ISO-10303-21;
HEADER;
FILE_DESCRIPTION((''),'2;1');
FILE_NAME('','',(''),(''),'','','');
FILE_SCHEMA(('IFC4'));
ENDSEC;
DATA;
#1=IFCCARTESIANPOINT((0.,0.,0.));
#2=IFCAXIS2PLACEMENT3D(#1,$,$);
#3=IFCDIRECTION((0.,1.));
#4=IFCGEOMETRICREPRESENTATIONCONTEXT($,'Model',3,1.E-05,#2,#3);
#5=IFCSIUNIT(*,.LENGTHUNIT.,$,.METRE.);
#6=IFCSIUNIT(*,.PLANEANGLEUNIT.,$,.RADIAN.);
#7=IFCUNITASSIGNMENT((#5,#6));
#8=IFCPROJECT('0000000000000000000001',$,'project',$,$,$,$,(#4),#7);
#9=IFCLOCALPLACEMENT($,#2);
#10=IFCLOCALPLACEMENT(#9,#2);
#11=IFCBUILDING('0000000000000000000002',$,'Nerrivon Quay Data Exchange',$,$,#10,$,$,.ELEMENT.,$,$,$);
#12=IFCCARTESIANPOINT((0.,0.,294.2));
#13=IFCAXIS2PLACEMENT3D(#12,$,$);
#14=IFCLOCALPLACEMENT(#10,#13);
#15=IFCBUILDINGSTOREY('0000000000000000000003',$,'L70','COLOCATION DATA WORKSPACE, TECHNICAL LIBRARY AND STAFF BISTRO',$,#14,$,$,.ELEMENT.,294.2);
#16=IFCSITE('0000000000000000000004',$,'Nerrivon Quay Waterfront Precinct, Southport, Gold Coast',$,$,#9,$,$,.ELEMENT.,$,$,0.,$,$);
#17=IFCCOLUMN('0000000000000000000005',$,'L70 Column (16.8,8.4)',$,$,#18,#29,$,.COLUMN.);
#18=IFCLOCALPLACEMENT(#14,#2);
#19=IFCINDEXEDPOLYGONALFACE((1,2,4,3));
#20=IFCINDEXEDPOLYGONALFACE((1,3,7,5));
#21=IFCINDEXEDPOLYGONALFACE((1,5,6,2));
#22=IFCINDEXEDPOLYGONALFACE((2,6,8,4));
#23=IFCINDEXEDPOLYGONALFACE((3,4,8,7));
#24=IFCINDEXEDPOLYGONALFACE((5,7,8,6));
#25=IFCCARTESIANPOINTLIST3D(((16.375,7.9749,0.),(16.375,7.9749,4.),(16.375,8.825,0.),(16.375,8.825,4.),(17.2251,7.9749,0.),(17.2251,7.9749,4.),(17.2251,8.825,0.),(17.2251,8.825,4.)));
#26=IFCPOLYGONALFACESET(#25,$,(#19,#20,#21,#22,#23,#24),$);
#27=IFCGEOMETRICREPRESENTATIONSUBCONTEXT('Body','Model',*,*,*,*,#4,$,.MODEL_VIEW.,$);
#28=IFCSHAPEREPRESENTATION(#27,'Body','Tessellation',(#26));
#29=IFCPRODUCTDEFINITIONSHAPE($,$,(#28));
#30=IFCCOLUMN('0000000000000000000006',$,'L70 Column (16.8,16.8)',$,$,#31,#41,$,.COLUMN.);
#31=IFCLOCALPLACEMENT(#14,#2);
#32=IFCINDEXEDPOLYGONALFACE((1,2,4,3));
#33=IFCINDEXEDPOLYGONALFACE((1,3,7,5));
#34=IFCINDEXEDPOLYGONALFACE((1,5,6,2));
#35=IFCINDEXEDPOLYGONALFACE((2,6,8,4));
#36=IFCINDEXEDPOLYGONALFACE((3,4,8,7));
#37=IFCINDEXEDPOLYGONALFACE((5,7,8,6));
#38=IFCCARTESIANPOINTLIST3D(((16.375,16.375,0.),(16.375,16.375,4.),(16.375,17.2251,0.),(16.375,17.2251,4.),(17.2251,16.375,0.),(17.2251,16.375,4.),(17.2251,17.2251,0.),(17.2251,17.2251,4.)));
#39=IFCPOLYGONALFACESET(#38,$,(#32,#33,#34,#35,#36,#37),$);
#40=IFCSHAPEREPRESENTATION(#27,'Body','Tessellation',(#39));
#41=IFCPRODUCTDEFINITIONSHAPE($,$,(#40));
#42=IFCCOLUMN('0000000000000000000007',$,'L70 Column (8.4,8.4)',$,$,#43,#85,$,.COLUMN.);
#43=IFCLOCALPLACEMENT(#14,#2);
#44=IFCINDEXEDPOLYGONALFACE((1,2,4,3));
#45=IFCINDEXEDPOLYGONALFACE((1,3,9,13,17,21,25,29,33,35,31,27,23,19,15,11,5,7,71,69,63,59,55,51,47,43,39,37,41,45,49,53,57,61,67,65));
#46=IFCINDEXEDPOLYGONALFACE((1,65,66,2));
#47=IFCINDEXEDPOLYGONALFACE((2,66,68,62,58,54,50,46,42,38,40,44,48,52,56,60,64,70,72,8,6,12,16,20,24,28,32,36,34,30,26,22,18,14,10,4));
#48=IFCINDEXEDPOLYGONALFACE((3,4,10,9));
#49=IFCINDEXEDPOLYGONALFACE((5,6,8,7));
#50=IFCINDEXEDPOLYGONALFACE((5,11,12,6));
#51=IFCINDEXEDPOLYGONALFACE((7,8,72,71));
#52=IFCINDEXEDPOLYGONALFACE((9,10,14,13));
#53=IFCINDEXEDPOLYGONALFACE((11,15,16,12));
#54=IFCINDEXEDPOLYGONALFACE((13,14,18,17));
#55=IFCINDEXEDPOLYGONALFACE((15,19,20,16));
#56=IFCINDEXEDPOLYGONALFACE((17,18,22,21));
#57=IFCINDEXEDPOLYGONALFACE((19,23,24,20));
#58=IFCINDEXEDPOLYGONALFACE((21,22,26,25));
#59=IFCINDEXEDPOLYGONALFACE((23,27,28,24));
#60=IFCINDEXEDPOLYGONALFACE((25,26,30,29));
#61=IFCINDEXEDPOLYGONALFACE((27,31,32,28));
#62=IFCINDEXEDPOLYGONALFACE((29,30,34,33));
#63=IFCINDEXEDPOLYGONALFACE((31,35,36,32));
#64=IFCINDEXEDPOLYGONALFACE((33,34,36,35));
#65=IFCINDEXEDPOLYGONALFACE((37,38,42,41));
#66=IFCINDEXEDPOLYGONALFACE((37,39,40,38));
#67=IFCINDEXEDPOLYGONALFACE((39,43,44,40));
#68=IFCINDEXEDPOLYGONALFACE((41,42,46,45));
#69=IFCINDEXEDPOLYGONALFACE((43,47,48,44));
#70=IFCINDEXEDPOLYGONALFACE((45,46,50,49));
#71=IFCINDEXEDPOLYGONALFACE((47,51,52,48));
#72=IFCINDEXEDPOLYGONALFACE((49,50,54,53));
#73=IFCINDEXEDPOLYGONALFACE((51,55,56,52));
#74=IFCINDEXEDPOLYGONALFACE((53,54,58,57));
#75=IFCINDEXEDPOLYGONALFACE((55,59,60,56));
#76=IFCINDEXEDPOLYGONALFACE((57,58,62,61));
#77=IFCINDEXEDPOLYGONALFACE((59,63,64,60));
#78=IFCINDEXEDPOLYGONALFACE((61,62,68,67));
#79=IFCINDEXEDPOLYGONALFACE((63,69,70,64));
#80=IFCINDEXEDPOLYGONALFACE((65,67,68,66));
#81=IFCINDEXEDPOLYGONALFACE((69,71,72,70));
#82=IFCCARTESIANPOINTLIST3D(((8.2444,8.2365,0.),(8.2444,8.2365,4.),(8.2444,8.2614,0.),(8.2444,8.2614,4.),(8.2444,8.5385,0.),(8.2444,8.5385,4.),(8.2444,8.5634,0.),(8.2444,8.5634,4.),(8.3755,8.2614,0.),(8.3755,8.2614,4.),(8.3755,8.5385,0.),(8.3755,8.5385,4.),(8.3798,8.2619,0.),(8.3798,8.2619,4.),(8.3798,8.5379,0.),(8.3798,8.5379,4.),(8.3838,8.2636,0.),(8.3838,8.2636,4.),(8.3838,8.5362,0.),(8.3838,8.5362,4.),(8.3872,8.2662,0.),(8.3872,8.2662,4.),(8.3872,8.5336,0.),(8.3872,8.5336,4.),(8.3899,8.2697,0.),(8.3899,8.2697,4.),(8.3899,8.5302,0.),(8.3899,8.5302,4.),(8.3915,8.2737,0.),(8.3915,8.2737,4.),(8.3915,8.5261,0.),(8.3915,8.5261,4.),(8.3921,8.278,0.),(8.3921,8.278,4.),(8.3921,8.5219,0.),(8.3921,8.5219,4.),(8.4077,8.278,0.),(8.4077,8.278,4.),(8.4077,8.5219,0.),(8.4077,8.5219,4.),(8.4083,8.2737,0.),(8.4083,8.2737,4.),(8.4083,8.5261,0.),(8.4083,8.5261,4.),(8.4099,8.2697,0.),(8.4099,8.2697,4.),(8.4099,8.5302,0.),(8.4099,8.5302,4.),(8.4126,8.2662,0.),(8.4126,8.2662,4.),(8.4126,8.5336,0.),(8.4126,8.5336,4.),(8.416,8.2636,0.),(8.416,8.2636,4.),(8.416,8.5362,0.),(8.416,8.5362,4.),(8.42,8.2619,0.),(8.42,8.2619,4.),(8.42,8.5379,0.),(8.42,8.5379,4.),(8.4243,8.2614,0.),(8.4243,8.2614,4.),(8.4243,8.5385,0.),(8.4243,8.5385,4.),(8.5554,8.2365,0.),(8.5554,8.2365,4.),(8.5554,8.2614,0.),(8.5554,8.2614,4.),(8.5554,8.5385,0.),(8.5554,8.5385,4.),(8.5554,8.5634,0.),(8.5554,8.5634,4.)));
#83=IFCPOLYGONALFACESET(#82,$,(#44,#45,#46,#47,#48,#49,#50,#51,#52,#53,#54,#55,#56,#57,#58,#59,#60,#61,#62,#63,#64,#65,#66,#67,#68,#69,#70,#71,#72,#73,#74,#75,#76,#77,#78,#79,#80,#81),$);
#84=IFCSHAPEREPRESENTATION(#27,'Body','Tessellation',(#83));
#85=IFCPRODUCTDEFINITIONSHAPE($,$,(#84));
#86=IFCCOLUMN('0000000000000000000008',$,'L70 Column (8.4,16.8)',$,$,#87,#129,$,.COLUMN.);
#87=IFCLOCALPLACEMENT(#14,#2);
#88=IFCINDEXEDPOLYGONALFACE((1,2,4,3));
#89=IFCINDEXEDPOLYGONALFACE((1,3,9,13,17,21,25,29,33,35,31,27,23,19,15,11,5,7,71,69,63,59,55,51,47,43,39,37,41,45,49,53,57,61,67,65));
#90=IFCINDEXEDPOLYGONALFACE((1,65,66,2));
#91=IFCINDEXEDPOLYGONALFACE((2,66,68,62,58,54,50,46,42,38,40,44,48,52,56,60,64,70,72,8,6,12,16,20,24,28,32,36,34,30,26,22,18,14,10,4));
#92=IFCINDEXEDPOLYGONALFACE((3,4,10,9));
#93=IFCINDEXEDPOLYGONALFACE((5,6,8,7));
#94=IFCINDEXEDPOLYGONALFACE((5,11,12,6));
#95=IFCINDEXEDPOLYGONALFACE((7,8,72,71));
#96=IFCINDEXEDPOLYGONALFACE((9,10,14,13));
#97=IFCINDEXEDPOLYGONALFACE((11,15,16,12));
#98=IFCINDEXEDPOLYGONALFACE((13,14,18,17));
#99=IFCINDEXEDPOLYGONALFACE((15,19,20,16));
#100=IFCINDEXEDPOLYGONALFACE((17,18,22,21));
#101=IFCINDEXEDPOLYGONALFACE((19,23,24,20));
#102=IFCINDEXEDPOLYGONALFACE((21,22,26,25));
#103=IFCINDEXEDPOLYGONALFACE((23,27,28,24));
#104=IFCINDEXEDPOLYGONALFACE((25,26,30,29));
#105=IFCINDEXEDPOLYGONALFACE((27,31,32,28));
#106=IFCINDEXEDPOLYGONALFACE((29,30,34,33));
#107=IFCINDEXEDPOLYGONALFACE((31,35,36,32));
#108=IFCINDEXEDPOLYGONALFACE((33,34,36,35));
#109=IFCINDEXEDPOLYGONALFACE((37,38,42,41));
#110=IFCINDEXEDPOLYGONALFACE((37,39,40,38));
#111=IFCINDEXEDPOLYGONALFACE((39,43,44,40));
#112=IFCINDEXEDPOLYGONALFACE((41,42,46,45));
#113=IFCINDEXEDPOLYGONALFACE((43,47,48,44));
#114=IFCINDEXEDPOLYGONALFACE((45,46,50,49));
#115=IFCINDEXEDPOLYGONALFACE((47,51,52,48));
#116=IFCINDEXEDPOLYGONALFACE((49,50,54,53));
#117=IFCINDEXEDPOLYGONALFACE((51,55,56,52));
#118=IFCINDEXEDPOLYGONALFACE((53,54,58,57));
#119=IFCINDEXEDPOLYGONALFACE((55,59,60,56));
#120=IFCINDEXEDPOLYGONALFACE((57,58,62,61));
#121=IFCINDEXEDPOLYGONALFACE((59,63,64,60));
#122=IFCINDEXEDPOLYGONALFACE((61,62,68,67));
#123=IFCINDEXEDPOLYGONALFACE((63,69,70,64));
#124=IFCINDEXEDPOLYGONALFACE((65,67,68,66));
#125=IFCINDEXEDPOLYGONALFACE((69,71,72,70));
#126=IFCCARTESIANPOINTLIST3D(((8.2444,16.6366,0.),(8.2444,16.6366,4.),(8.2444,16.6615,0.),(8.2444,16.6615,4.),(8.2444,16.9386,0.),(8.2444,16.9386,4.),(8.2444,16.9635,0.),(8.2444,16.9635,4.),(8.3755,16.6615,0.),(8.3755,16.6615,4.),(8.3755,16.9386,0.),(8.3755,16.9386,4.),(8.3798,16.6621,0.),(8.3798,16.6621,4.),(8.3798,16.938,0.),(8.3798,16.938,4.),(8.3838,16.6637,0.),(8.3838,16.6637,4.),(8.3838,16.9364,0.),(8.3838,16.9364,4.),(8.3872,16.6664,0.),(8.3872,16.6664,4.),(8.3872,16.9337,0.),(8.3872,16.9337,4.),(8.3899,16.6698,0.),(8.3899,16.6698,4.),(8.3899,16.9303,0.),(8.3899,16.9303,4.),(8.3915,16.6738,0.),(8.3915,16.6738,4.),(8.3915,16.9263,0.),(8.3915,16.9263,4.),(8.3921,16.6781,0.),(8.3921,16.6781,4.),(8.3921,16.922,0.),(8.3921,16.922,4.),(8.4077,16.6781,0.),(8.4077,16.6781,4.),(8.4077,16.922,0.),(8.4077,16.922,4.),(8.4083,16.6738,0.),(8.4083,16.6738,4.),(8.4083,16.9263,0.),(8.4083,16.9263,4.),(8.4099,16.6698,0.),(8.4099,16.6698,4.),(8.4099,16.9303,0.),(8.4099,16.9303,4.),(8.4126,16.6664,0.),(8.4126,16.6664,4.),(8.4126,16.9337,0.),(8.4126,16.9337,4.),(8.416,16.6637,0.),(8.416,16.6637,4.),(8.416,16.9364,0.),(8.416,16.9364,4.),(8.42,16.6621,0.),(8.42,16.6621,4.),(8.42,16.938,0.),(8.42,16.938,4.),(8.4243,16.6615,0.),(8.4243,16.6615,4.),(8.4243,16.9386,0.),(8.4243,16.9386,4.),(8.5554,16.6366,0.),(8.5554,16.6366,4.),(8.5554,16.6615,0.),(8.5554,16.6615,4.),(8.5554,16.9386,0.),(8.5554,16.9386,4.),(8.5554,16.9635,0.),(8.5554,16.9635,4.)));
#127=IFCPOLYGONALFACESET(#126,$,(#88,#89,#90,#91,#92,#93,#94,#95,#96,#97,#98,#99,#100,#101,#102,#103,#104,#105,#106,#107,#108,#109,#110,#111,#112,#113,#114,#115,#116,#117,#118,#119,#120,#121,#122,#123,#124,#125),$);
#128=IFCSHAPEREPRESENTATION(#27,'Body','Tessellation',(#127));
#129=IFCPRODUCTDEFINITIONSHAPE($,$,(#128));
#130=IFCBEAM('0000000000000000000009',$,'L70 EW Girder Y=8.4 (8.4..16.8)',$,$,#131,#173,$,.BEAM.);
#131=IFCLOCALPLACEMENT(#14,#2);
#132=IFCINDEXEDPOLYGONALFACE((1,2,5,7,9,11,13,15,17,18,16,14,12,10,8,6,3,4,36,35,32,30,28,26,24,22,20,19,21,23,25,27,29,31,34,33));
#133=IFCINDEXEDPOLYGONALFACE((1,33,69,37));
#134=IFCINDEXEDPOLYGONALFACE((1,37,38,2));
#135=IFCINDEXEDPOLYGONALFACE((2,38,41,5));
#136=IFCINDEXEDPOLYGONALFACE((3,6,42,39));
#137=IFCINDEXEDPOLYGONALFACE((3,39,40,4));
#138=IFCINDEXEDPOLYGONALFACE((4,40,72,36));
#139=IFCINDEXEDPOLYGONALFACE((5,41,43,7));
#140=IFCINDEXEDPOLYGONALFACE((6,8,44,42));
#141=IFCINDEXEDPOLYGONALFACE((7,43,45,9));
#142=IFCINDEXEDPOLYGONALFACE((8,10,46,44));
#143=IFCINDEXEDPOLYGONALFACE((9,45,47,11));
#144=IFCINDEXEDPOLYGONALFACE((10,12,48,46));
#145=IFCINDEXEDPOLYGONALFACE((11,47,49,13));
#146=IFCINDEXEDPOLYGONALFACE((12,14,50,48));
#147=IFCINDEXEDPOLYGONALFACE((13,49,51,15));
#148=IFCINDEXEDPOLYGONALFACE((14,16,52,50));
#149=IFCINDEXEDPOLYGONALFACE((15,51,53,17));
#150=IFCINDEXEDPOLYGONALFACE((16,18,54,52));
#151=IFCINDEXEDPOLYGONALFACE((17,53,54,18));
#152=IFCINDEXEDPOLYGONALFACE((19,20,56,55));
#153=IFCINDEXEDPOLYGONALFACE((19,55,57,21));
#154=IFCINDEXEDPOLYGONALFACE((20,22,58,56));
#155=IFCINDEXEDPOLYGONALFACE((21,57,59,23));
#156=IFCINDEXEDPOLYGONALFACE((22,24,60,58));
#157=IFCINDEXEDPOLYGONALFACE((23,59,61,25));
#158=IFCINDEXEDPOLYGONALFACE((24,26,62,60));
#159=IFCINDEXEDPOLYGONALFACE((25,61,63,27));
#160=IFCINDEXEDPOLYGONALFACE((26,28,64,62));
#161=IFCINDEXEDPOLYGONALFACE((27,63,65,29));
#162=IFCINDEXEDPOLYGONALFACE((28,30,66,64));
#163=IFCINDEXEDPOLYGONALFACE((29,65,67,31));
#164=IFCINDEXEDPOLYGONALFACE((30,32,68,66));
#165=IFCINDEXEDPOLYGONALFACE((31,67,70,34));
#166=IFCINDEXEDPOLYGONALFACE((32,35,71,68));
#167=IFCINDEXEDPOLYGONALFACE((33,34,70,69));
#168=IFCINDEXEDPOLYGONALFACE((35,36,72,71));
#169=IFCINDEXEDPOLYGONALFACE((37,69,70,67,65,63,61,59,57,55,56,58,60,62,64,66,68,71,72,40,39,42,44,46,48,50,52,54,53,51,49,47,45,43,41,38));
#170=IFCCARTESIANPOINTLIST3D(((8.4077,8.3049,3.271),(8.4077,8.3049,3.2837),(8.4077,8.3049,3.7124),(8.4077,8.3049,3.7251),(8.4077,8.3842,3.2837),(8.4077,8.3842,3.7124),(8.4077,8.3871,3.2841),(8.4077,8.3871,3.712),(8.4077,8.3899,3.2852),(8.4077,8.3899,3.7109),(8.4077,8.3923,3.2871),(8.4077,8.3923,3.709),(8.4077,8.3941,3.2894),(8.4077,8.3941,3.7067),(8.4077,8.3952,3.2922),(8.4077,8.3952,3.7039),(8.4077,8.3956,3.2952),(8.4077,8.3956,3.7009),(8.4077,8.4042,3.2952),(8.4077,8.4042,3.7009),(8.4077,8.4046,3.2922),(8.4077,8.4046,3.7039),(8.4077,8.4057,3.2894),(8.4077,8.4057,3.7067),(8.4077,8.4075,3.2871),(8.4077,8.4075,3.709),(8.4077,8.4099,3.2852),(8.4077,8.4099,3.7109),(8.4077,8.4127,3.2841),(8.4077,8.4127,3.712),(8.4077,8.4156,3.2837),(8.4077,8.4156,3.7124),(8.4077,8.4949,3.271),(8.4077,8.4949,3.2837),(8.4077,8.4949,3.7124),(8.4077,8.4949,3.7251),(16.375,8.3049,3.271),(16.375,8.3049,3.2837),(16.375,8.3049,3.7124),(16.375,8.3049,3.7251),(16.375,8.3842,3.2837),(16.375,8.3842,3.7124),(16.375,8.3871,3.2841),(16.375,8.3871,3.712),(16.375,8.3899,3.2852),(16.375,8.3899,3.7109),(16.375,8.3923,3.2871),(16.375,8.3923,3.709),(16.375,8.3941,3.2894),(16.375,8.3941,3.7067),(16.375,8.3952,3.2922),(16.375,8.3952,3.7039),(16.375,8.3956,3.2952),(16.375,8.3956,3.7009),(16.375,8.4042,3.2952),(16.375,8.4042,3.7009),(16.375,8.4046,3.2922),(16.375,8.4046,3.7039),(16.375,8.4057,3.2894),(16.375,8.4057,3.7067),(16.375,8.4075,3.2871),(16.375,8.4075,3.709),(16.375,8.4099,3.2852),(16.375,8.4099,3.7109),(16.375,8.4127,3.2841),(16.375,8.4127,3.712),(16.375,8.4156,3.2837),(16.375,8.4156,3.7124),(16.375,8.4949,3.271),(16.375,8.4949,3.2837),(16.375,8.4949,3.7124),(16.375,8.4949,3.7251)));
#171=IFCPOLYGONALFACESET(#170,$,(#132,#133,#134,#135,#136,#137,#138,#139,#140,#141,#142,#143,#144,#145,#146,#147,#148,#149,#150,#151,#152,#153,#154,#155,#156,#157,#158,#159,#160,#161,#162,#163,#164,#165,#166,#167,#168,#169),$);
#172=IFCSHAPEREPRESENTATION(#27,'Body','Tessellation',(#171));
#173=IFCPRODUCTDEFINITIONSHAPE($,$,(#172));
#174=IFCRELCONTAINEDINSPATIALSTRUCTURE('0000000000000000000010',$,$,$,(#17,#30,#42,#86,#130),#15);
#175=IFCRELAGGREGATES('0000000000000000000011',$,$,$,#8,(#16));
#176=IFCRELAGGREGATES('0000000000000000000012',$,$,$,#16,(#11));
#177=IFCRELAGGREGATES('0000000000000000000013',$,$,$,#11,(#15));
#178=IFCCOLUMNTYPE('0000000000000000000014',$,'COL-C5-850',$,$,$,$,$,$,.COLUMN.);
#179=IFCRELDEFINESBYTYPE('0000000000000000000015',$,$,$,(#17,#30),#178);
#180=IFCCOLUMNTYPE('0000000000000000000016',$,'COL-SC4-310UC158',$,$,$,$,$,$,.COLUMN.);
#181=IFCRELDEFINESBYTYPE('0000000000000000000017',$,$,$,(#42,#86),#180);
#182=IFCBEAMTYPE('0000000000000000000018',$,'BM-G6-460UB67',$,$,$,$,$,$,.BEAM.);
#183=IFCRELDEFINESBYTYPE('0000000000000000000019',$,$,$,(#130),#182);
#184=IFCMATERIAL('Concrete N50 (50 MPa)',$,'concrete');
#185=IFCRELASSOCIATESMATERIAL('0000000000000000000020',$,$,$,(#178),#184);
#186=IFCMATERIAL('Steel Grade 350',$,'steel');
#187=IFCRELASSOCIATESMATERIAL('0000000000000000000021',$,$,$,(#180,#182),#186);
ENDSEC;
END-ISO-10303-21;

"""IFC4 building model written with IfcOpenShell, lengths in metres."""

from ifc_helpers import new_model, si_unit, direction, frame, origin, origin_2d, place, context, subcontext, project, spatial, rectangle, i_section, extrude, material, material_profile, profile_set, type_object, element, save


model = new_model("IFC4")

# Units and contexts
model_context = context("Model", 3, precision=1e-05, world=origin(), true_north=direction((0.0, 1.0)))
body_context = subcontext(model_context, "Body", "Model", "MODEL_VIEW")
ifc_project = project(units=[si_unit("LENGTHUNIT", "METRE"), si_unit("PLANEANGLEUNIT", "RADIAN")], contexts=[model_context])

# Site, building, storey
site_placement = place(None, origin())
site = spatial("IfcSite", under=ifc_project, at=site_placement, Name="Nerrivon Quay Waterfront Precinct, Southport, Gold Coast", CompositionType="ELEMENT", RefElevation=0.0)
building_placement = place(site_placement, origin())
building = spatial("IfcBuilding", under=site, at=building_placement, Name="Nerrivon Quay Data Exchange", CompositionType="ELEMENT")
storey_placement = place(building_placement, frame((0.0, 0.0, 294.2)))
storey = spatial("IfcBuildingStorey", under=building, at=storey_placement, Name="L70", Description="COLOCATION DATA WORKSPACE, TECHNICAL LIBRARY AND STAFF BISTRO", CompositionType="ELEMENT", Elevation=294.2)

# Columns
ifc_material_1 = material(Name="Concrete N50 (50 MPa)", Category="concrete")
ifc_material_profile_1 = material_profile(ifc_material_1, rectangle(XDim=0.8501, YDim=0.8501, at=origin_2d()), Name="RC-COL-850x850")
ifc_profile_set_1 = profile_set([ifc_material_profile_1], Name="Concrete N50 (50 MPa)")
column_type_1 = type_object("IfcColumnType", Name="COL-C5-850", PredefinedType="COLUMN", material=ifc_profile_set_1)
for number, where, z_axis, x_axis, name in (
    (1, (16.8, 8.3999, 0.0), (0.0, 0.0, 1.0), (1.0, 0.0, 0.0), "L70 Column (16.8,8.4)"),
    (2, (16.8, 16.8, 0.0), (0.0, 0.0, 1.0), (1.0, 0.0, 0.0), "L70 Column (16.8,16.8)"),
):
    element("IfcColumn", number, at=place(storey_placement, frame(where, z_axis=z_axis, x_axis=x_axis)), inside=storey, type_object=column_type_1, Name=name, PredefinedType="COLUMN", context=body_context, shape_type="SweptSolid", body=[
        extrude(rectangle(XDim=0.8501, YDim=0.8501, at=origin_2d()), origin(), (0.0, 0.0, 1.0), 4.0),
    ])
ifc_material_2 = material(Name="Steel Grade 350", Category="steel")
ifc_material_profile_2 = material_profile(ifc_material_2, i_section(OverallWidth=0.311, OverallDepth=0.3269, WebThickness=0.0156, FlangeThickness=0.0249, FilletRadius=0.0166, at=origin_2d()), Name="310UC158")
ifc_profile_set_2 = profile_set([ifc_material_profile_2], Name="Steel Grade 350")
column_type_2 = type_object("IfcColumnType", Name="COL-SC4-310UC158", PredefinedType="COLUMN", material=ifc_profile_set_2)
for number, where, z_axis, x_axis, name in (
    (3, (8.3999, 8.3999, 0.0), (0.0, 0.0, 1.0), (1.0, 0.0, 0.0), "L70 Column (8.4,8.4)"),
    (4, (8.3999, 16.8, 0.0), (0.0, 0.0, 1.0), (1.0, 0.0, 0.0), "L70 Column (8.4,16.8)"),
):
    element("IfcColumn", number, at=place(storey_placement, frame(where, z_axis=z_axis, x_axis=x_axis)), inside=storey, type_object=column_type_2, Name=name, PredefinedType="COLUMN", context=body_context, shape_type="SweptSolid", body=[
        extrude(i_section(OverallWidth=0.311, OverallDepth=0.3269, WebThickness=0.0156, FlangeThickness=0.0249, FilletRadius=0.0166, at=origin_2d()), origin(), (0.0, 0.0, 1.0), 4.0),
    ])

# Beam
ifc_material_profile_3 = material_profile(ifc_material_2, i_section(OverallWidth=0.1899, OverallDepth=0.4541, WebThickness=0.0085, FlangeThickness=0.0127, FilletRadius=0.0115, at=origin_2d()), Name="460UB67.1")
ifc_profile_set_3 = profile_set([ifc_material_profile_3], Name="Steel Grade 350")
beam_type_1 = type_object("IfcBeamType", Name="BM-G6-460UB67", PredefinedType="BEAM", material=ifc_profile_set_3)
for number, where, z_axis, x_axis, name in (
    (5, (8.4077, 8.3999, 3.498), (1.0, 0.0, 0.0), (0.0, 1.0, 0.0), "L70 EW Girder Y=8.4 (8.4..16.8)"),
):
    element("IfcBeam", number, at=place(storey_placement, frame(where, z_axis=z_axis, x_axis=x_axis)), inside=storey, type_object=beam_type_1, Name=name, PredefinedType="BEAM", context=body_context, shape_type="SweptSolid", body=[
        extrude(i_section(OverallWidth=0.1899, OverallDepth=0.4541, WebThickness=0.0085, FlangeThickness=0.0127, FilletRadius=0.0115, at=origin_2d()), origin(), (0.0, 0.0, 1.0), 7.9673),
    ])

save(model, "model.ifc")
